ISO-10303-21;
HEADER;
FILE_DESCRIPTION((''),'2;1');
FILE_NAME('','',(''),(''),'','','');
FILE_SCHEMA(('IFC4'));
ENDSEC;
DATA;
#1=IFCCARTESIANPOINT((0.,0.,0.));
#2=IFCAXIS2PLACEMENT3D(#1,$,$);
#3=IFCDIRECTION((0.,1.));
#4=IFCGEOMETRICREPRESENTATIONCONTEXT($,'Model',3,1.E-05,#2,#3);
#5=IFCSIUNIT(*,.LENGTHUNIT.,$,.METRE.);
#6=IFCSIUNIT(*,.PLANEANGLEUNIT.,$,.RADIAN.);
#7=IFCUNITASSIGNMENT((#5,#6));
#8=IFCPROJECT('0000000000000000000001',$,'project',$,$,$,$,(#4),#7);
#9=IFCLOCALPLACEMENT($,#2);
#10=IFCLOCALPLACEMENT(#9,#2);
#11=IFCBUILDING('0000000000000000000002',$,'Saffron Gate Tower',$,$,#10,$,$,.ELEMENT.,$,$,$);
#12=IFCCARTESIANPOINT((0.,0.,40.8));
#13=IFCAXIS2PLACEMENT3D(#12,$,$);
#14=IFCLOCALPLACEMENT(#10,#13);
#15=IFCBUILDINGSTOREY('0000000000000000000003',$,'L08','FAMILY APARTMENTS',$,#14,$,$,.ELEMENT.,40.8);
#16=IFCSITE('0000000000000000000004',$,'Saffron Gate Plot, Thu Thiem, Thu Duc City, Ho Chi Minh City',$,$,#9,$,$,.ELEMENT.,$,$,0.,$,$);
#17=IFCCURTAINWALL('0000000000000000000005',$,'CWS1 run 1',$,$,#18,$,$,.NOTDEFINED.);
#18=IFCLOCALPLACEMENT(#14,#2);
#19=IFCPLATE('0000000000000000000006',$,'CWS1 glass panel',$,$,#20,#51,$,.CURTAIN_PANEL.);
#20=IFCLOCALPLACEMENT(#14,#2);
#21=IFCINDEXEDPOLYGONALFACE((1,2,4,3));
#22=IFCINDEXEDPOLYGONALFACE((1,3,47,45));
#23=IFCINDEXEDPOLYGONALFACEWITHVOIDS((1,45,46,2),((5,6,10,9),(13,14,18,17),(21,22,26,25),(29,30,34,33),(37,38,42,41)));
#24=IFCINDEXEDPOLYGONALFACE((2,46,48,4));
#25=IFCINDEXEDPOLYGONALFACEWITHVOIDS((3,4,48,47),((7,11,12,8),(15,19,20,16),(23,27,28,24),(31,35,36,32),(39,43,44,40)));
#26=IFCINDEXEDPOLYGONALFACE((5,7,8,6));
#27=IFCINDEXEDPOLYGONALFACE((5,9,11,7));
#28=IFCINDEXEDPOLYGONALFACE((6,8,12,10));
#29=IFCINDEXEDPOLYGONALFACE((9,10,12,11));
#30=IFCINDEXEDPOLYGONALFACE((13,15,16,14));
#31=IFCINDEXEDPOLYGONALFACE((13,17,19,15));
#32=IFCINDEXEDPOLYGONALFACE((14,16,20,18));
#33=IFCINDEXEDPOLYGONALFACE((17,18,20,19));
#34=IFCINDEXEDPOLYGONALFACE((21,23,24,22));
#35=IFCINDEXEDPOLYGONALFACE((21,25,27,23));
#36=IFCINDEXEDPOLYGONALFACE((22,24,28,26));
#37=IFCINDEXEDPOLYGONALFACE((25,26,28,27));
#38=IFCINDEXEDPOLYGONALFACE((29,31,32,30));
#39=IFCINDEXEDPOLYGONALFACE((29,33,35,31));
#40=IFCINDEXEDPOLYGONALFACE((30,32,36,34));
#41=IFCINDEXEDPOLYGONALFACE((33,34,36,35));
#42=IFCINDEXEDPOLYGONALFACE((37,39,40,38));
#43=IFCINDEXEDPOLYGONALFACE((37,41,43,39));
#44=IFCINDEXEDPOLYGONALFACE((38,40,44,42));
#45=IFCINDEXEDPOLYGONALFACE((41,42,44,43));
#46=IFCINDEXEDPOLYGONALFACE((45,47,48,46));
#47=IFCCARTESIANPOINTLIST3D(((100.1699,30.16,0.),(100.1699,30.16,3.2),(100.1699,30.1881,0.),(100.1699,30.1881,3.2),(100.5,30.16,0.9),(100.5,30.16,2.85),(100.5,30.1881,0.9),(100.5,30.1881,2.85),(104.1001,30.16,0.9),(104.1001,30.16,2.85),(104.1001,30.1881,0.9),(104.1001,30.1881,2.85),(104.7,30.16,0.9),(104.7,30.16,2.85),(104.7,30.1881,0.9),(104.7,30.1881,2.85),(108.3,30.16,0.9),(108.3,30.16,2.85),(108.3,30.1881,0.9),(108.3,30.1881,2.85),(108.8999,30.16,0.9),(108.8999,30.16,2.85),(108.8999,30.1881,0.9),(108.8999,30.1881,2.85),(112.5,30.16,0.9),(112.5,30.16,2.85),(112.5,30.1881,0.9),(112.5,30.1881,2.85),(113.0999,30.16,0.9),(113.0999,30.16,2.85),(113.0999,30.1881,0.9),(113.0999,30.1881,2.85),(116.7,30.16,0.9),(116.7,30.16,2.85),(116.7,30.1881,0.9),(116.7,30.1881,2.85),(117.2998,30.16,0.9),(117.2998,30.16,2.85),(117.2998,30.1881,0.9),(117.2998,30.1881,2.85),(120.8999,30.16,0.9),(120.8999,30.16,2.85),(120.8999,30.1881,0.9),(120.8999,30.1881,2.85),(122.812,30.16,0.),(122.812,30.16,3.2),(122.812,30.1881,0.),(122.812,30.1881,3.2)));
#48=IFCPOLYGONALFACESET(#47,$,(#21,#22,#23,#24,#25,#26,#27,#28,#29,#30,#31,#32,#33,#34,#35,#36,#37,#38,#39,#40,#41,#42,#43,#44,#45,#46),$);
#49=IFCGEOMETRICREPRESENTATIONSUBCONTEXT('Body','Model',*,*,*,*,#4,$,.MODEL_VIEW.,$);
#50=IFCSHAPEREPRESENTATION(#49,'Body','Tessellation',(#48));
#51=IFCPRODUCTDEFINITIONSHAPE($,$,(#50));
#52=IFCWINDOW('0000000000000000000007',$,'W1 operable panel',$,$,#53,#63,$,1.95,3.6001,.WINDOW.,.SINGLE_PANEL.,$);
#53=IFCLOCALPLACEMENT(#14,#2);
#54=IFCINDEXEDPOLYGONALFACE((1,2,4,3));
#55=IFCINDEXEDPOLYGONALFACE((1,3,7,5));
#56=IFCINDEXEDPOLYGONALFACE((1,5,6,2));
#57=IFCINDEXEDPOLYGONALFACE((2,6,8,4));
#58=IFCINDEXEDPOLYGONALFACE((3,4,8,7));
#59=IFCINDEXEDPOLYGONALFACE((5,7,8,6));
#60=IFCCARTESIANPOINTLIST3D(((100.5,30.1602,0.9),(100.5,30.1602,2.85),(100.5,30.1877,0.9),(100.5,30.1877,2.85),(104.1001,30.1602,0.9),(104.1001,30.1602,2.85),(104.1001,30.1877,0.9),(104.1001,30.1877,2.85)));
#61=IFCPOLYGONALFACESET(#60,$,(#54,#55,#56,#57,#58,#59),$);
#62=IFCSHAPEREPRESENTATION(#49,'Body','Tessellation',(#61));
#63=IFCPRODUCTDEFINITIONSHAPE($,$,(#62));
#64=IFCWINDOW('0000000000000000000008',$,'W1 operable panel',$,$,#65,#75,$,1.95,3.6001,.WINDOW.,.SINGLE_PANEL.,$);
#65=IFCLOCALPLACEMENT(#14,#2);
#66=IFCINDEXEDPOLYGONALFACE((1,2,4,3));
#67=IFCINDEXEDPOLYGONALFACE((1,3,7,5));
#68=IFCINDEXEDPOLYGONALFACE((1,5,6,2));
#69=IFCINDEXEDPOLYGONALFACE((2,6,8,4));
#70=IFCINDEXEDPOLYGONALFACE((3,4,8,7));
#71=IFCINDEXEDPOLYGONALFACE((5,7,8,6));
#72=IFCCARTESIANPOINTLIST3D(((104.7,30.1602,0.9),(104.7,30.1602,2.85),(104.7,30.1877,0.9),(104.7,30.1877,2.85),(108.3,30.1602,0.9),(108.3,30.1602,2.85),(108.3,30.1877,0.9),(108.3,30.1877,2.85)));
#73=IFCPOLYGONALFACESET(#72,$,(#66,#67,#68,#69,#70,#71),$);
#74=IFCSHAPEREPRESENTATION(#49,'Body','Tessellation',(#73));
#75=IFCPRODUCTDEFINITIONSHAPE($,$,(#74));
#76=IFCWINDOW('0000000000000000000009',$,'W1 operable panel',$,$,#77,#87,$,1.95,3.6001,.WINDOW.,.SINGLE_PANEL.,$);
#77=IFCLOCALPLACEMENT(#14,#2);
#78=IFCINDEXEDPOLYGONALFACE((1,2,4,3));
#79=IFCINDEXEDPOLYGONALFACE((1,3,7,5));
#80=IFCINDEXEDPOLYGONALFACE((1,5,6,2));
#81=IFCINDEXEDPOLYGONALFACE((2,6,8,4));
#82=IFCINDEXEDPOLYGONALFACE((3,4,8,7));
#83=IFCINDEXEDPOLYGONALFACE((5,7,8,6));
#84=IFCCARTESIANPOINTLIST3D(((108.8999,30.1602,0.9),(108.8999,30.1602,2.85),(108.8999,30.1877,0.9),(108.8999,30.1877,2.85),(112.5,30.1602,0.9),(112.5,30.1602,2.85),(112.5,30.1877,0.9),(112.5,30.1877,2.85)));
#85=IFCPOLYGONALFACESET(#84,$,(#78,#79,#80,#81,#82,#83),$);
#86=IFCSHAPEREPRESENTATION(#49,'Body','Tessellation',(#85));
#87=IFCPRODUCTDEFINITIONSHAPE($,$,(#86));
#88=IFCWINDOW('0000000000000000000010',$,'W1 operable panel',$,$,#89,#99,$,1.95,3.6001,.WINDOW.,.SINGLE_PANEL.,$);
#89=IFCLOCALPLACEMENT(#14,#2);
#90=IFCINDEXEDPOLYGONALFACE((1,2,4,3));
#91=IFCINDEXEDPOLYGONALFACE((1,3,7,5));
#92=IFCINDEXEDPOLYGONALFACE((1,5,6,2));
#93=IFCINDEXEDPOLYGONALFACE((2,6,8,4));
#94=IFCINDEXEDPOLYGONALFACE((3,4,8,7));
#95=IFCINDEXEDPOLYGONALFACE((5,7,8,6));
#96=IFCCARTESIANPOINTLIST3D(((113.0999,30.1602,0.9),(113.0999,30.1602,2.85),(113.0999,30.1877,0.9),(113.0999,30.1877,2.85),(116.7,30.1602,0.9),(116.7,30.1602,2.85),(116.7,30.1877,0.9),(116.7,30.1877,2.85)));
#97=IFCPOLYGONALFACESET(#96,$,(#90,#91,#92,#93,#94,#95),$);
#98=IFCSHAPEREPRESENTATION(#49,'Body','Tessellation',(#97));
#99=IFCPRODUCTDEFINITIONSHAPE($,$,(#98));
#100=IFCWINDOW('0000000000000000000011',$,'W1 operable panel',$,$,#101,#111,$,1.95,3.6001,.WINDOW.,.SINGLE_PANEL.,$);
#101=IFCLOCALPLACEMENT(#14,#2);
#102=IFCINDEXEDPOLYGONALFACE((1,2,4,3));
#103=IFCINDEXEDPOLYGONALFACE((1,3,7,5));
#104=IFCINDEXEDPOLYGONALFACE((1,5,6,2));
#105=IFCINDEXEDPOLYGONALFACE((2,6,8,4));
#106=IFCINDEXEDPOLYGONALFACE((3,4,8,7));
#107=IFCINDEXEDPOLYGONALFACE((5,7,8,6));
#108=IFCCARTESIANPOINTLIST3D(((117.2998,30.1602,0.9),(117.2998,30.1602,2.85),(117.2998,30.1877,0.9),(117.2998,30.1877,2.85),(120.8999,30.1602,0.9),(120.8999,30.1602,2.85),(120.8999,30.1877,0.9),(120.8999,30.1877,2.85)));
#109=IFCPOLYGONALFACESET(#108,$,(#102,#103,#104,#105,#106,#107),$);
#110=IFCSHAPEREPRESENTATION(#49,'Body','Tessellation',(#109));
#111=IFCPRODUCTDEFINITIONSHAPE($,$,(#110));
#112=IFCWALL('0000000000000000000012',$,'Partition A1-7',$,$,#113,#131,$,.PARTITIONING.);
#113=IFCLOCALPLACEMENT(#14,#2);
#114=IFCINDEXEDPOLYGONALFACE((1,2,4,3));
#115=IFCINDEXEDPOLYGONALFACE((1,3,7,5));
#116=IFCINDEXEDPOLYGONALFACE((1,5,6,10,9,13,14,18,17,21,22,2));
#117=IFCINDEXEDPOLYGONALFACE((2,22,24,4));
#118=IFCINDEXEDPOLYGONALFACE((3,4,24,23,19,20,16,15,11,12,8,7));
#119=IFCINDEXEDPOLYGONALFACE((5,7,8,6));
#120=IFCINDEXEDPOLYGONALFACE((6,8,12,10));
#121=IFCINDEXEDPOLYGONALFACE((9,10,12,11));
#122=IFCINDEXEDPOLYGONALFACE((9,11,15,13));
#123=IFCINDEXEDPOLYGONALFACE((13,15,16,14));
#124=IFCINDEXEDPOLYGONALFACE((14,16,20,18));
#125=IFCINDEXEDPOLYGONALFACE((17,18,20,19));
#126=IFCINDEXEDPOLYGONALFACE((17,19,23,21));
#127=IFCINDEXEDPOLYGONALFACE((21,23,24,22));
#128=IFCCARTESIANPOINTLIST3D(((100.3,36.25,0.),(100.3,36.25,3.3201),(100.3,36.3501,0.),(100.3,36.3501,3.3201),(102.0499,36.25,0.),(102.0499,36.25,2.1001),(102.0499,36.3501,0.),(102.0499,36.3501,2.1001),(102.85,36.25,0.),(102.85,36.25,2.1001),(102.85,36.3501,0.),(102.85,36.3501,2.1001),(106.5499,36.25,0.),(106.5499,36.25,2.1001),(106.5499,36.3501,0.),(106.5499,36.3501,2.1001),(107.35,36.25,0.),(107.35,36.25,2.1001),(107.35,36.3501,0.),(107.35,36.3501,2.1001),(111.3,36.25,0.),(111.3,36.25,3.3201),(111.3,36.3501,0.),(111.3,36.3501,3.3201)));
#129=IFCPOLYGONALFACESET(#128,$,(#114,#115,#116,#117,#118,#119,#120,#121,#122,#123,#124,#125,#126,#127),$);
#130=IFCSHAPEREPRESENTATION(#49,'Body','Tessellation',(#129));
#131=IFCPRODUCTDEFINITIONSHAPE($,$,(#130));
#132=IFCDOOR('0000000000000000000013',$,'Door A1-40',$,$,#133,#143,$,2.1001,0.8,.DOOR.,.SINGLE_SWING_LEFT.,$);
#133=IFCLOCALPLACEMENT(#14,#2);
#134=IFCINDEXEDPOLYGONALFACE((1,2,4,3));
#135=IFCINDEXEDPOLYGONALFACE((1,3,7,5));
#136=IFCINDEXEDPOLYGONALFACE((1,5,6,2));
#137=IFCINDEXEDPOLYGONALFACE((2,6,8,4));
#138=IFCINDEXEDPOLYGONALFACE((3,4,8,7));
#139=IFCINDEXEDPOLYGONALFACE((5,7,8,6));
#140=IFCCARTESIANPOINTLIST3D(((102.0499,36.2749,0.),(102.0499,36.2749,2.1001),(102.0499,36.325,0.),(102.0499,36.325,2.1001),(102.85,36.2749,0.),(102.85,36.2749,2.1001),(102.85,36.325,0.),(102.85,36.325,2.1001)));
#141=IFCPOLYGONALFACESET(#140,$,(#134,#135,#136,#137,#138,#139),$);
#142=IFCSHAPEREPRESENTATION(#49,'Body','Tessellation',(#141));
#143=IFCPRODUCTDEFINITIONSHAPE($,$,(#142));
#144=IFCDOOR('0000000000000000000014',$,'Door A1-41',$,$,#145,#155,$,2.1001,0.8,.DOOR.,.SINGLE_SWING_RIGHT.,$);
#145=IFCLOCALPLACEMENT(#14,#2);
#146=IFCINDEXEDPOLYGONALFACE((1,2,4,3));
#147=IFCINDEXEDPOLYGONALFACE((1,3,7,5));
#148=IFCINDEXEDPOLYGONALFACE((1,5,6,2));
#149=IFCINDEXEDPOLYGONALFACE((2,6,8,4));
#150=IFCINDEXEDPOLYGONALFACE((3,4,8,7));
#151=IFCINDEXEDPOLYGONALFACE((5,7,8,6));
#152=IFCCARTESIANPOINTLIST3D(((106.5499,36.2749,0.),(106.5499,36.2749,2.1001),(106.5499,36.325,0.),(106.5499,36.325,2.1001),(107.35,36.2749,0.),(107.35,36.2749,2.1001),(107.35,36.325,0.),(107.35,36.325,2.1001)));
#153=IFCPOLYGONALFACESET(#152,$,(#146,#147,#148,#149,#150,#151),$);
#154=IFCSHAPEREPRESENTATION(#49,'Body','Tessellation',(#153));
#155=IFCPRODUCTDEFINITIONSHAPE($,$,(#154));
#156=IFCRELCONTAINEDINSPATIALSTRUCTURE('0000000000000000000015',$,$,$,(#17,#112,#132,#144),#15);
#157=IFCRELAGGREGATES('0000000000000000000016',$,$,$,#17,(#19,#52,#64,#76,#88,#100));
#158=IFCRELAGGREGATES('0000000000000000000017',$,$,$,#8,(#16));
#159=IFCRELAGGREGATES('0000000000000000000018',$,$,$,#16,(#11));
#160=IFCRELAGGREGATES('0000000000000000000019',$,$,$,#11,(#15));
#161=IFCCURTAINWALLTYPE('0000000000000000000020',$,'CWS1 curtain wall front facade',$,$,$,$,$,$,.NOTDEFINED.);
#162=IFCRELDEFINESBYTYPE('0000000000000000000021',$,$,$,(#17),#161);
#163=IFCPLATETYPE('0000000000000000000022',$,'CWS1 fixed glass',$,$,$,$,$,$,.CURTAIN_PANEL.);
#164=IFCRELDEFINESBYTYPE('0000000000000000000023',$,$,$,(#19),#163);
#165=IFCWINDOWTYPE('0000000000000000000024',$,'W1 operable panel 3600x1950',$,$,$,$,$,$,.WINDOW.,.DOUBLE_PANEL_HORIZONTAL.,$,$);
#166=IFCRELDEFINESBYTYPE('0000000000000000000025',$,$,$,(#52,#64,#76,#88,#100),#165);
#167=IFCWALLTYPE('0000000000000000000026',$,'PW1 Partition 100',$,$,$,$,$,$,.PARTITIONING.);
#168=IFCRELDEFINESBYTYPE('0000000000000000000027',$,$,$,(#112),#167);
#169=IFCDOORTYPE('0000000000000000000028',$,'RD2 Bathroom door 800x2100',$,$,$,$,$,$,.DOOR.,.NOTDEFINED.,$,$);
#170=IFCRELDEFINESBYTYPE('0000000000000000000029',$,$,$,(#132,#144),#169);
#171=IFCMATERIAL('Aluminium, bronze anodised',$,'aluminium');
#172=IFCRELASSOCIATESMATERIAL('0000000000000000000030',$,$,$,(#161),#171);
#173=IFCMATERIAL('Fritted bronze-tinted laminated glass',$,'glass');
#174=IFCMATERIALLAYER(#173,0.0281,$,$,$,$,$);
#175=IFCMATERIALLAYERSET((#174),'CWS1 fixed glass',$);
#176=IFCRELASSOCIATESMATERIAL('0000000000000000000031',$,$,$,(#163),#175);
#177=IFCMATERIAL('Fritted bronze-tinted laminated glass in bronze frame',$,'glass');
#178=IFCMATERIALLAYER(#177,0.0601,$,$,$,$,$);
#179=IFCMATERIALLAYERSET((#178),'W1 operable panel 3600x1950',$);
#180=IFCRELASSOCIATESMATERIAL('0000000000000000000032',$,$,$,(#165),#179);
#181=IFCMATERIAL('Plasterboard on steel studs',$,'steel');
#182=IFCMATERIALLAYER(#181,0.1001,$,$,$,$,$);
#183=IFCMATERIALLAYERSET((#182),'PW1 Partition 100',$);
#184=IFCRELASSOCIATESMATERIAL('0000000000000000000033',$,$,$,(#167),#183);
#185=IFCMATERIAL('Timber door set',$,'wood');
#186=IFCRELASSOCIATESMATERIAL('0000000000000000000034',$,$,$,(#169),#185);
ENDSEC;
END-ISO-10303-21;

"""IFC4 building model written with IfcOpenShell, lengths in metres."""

from ifc_helpers import new_model, si_unit, direction, frame, frame_2d, origin, place, context, subcontext, project, spatial, rectangle, extrude, material, layer, layer_set, type_object, element, fill, aggregate, save


model = new_model("IFC4")

# Units and contexts
model_context = context("Model", 3, precision=1e-05, world=origin(), true_north=direction((0.0, 1.0)))
body_context = subcontext(model_context, "Body", "Model", "MODEL_VIEW")
ifc_project = project(units=[si_unit("LENGTHUNIT", "METRE"), si_unit("PLANEANGLEUNIT", "RADIAN")], contexts=[model_context])

# Site, building, storey
site_placement = place(None, origin())
site = spatial("IfcSite", under=ifc_project, at=site_placement, Name="Saffron Gate Plot, Thu Thiem, Thu Duc City, Ho Chi Minh City", CompositionType="ELEMENT", RefElevation=0.0)
building_placement = place(site_placement, origin())
building = spatial("IfcBuilding", under=site, at=building_placement, Name="Saffron Gate Tower", CompositionType="ELEMENT")
storey_placement = place(building_placement, frame((0.0, 0.0, 40.8)))
storey = spatial("IfcBuildingStorey", under=building, at=storey_placement, Name="L08", Description="FAMILY APARTMENTS", CompositionType="ELEMENT", Elevation=40.8)

# Curtain wall, plate, openings, windows
ifc_material_1 = material(Name="Aluminium, bronze anodised", Category="aluminium")
curtain_wall_type = type_object("IfcCurtainWallType", Name="CWS1 curtain wall front facade", PredefinedType="NOTDEFINED", material=ifc_material_1)
curtain_wall_placement = place(storey_placement, origin())
curtain_wall = element("IfcCurtainWall", 1, at=curtain_wall_placement, inside=storey, type_object=curtain_wall_type, Name="CWS1 run 1", PredefinedType="NOTDEFINED")
ifc_material_2 = material(Name="Fritted bronze-tinted laminated glass", Category="glass")
ifc_layer_1 = layer(ifc_material_2, 0.0281)
ifc_layer_set_1 = layer_set([ifc_layer_1], Name="CWS1 fixed glass")
plate_type = type_object("IfcPlateType", Name="CWS1 fixed glass", PredefinedType="CURTAIN_PANEL", material=ifc_layer_set_1)
plate_placement = place(storey_placement, frame((100.1699, 30.1741, 0.0), z_axis=(0.0, 0.0, 1.0), x_axis=(1.0, 0.0, 0.0)))
plate = element("IfcPlate", 2, at=plate_placement, type_object=plate_type, Name="CWS1 glass panel", PredefinedType="CURTAIN_PANEL", context=body_context, shape_type="SweptSolid", body=[
    extrude(rectangle(XDim=22.6421, YDim=0.0281, at=frame_2d((11.321, 0.0))), origin(), (0.0, 0.0, 1.0), 3.2),
])
opening_1_placement = place(plate_placement, frame((0.3301, 0.0, 0.8999)))
opening_1 = element("IfcOpeningElement", 3, at=opening_1_placement, cuts=plate, PredefinedType="OPENING", context=body_context, shape_type="SweptSolid", body=[
    extrude(rectangle(XDim=3.6001, YDim=1.95, at=frame_2d((1.8, 0.9751))), frame((0.0, 0.0239, 0.0), z_axis=(0.0, -1.0, 0.0), x_axis=(1.0, 0.0, 0.0)), (0.0, 0.0, 1.0), 0.0481),
])
opening_2_placement = place(plate_placement, frame((4.53, 0.0, 0.8999)))
opening_2 = element("IfcOpeningElement", 4, at=opening_2_placement, cuts=plate, PredefinedType="OPENING", context=body_context, shape_type="SweptSolid", body=[
    extrude(rectangle(XDim=3.6001, YDim=1.95, at=frame_2d((1.8, 0.9751))), frame((0.0, 0.0239, 0.0), z_axis=(0.0, -1.0, 0.0), x_axis=(1.0, 0.0, 0.0)), (0.0, 0.0, 1.0), 0.0481),
])
opening_3_placement = place(plate_placement, frame((8.73, 0.0, 0.8999)))
opening_3 = element("IfcOpeningElement", 5, at=opening_3_placement, cuts=plate, PredefinedType="OPENING", context=body_context, shape_type="SweptSolid", body=[
    extrude(rectangle(XDim=3.6001, YDim=1.95, at=frame_2d((1.8, 0.9751))), frame((0.0, 0.0239, 0.0), z_axis=(0.0, -1.0, 0.0), x_axis=(1.0, 0.0, 0.0)), (0.0, 0.0, 1.0), 0.0481),
])
opening_4_placement = place(plate_placement, frame((12.9299, 0.0, 0.8999)))
opening_4 = element("IfcOpeningElement", 6, at=opening_4_placement, cuts=plate, PredefinedType="OPENING", context=body_context, shape_type="SweptSolid", body=[
    extrude(rectangle(XDim=3.6001, YDim=1.95, at=frame_2d((1.8, 0.9751))), frame((0.0, 0.0239, 0.0), z_axis=(0.0, -1.0, 0.0), x_axis=(1.0, 0.0, 0.0)), (0.0, 0.0, 1.0), 0.0481),
])
opening_5_placement = place(plate_placement, frame((17.1299, 0.0, 0.8999)))
opening_5 = element("IfcOpeningElement", 7, at=opening_5_placement, cuts=plate, PredefinedType="OPENING", context=body_context, shape_type="SweptSolid", body=[
    extrude(rectangle(XDim=3.6001, YDim=1.95, at=frame_2d((1.8, 0.9751))), frame((0.0, 0.0239, 0.0), z_axis=(0.0, -1.0, 0.0), x_axis=(1.0, 0.0, 0.0)), (0.0, 0.0, 1.0), 0.0481),
])
ifc_material_3 = material(Name="Fritted bronze-tinted laminated glass in bronze frame", Category="glass")
ifc_layer_2 = layer(ifc_material_3, 0.0601)
ifc_layer_set_2 = layer_set([ifc_layer_2], Name="W1 operable panel 3600x1950")
window_type = type_object("IfcWindowType", Name="W1 operable panel 3600x1950", PartitioningType="DOUBLE_PANEL_HORIZONTAL", PredefinedType="WINDOW", material=ifc_layer_set_2)
window_1_placement = place(opening_1_placement, origin())
window_1 = element("IfcWindow", 8, at=window_1_placement, type_object=window_type, Name="W1 operable panel", OverallHeight=1.95, OverallWidth=3.6001, PartitioningType="SINGLE_PANEL", PredefinedType="WINDOW", context=body_context, shape_type="SweptSolid", body=[
    extrude(rectangle(XDim=3.6001, YDim=1.95, at=frame_2d((1.8, 0.9751))), frame((0.0, 0.0137, 0.0), z_axis=(0.0, -1.0, 0.0), x_axis=(1.0, 0.0, 0.0)), (0.0, 0.0, 1.0), 0.0276),
])
fill(opening_1, window_1)
window_2_placement = place(opening_2_placement, origin())
window_2 = element("IfcWindow", 9, at=window_2_placement, type_object=window_type, Name="W1 operable panel", OverallHeight=1.95, OverallWidth=3.6001, PartitioningType="SINGLE_PANEL", PredefinedType="WINDOW", context=body_context, shape_type="SweptSolid", body=[
    extrude(rectangle(XDim=3.6001, YDim=1.95, at=frame_2d((1.8, 0.9751))), frame((0.0, 0.0137, 0.0), z_axis=(0.0, -1.0, 0.0), x_axis=(1.0, 0.0, 0.0)), (0.0, 0.0, 1.0), 0.0276),
])
fill(opening_2, window_2)
window_3_placement = place(opening_3_placement, origin())
window_3 = element("IfcWindow", 10, at=window_3_placement, type_object=window_type, Name="W1 operable panel", OverallHeight=1.95, OverallWidth=3.6001, PartitioningType="SINGLE_PANEL", PredefinedType="WINDOW", context=body_context, shape_type="SweptSolid", body=[
    extrude(rectangle(XDim=3.6001, YDim=1.95, at=frame_2d((1.8, 0.9751))), frame((0.0, 0.0137, 0.0), z_axis=(0.0, -1.0, 0.0), x_axis=(1.0, 0.0, 0.0)), (0.0, 0.0, 1.0), 0.0276),
])
fill(opening_3, window_3)
window_4_placement = place(opening_4_placement, origin())
window_4 = element("IfcWindow", 11, at=window_4_placement, type_object=window_type, Name="W1 operable panel", OverallHeight=1.95, OverallWidth=3.6001, PartitioningType="SINGLE_PANEL", PredefinedType="WINDOW", context=body_context, shape_type="SweptSolid", body=[
    extrude(rectangle(XDim=3.6001, YDim=1.95, at=frame_2d((1.8, 0.9751))), frame((0.0, 0.0137, 0.0), z_axis=(0.0, -1.0, 0.0), x_axis=(1.0, 0.0, 0.0)), (0.0, 0.0, 1.0), 0.0276),
])
fill(opening_4, window_4)
window_5_placement = place(opening_5_placement, origin())
window_5 = element("IfcWindow", 12, at=window_5_placement, type_object=window_type, Name="W1 operable panel", OverallHeight=1.95, OverallWidth=3.6001, PartitioningType="SINGLE_PANEL", PredefinedType="WINDOW", context=body_context, shape_type="SweptSolid", body=[
    extrude(rectangle(XDim=3.6001, YDim=1.95, at=frame_2d((1.8, 0.9751))), frame((0.0, 0.0137, 0.0), z_axis=(0.0, -1.0, 0.0), x_axis=(1.0, 0.0, 0.0)), (0.0, 0.0, 1.0), 0.0276),
])
fill(opening_5, window_5)
aggregate(curtain_wall, [plate, window_1, window_2, window_3, window_4, window_5])

# Wall, openings, doors
ifc_material_4 = material(Name="Plasterboard on steel studs", Category="steel")
ifc_layer_3 = layer(ifc_material_4, 0.1001)
ifc_layer_set_3 = layer_set([ifc_layer_3], Name="PW1 Partition 100")
wall_type_1 = type_object("IfcWallType", Name="PW1 Partition 100", PredefinedType="PARTITIONING", material=ifc_layer_set_3)
wall_1_placement = place(storey_placement, frame((100.3, 36.3, 0.0), z_axis=(0.0, 0.0, 1.0), x_axis=(1.0, 0.0, 0.0)))
wall_1 = element("IfcWall", 13, at=wall_1_placement, inside=storey, type_object=wall_type_1, Name="Partition A1-7", PredefinedType="PARTITIONING", context=body_context, shape_type="SweptSolid", body=[
    extrude(rectangle(XDim=11.0, YDim=0.1001, at=frame_2d((5.5, 0.0))), origin(), (0.0, 0.0, 1.0), 3.3201),
])
opening_6_placement = place(wall_1_placement, frame((1.75, 0.0, 0.0)))
opening_6 = element("IfcOpeningElement", 14, at=opening_6_placement, cuts=wall_1, PredefinedType="OPENING", context=body_context, shape_type="SweptSolid", body=[
    extrude(rectangle(XDim=0.8, YDim=2.1001, at=frame_2d((0.3999, 1.05))), frame((0.0, 0.0601, 0.0), z_axis=(0.0, -1.0, 0.0), x_axis=(1.0, 0.0, 0.0)), (0.0, 0.0, 1.0), 0.1201),
])
opening_7_placement = place(wall_1_placement, frame((6.25, 0.0, 0.0)))
opening_7 = element("IfcOpeningElement", 15, at=opening_7_placement, cuts=wall_1, PredefinedType="OPENING", context=body_context, shape_type="SweptSolid", body=[
    extrude(rectangle(XDim=0.8, YDim=2.1001, at=frame_2d((0.3999, 1.05))), frame((0.0, 0.0601, 0.0), z_axis=(0.0, -1.0, 0.0), x_axis=(1.0, 0.0, 0.0)), (0.0, 0.0, 1.0), 0.1201),
])
ifc_material_5 = material(Name="Timber door set", Category="wood")
door_type_1 = type_object("IfcDoorType", Name="RD2 Bathroom door 800x2100", OperationType="NOTDEFINED", PredefinedType="DOOR", material=ifc_material_5)
door_1_placement = place(opening_6_placement, origin())
door_1 = element("IfcDoor", 16, at=door_1_placement, inside=storey, type_object=door_type_1, Name="Door A1-40", OperationType="SINGLE_SWING_LEFT", OverallHeight=2.1001, OverallWidth=0.8, PredefinedType="DOOR", context=body_context, shape_type="SweptSolid", body=[
    extrude(rectangle(XDim=0.8, YDim=2.1001, at=frame_2d((0.3999, 1.05))), frame((0.0, 0.0249, 0.0), z_axis=(0.0, -1.0, 0.0), x_axis=(1.0, 0.0, 0.0)), (0.0, 0.0, 1.0), 0.05),
])
fill(opening_6, door_1)
door_2_placement = place(opening_7_placement, origin())
door_2 = element("IfcDoor", 17, at=door_2_placement, inside=storey, type_object=door_type_1, Name="Door A1-41", OperationType="SINGLE_SWING_RIGHT", OverallHeight=2.1001, OverallWidth=0.8, PredefinedType="DOOR", context=body_context, shape_type="SweptSolid", body=[
    extrude(rectangle(XDim=0.8, YDim=2.1001, at=frame_2d((0.3999, 1.05))), frame((0.0, 0.0249, 0.0), z_axis=(0.0, -1.0, 0.0), x_axis=(1.0, 0.0, 0.0)), (0.0, 0.0, 1.0), 0.05),
])
fill(opening_7, door_2)

save(model, "model.ifc")
